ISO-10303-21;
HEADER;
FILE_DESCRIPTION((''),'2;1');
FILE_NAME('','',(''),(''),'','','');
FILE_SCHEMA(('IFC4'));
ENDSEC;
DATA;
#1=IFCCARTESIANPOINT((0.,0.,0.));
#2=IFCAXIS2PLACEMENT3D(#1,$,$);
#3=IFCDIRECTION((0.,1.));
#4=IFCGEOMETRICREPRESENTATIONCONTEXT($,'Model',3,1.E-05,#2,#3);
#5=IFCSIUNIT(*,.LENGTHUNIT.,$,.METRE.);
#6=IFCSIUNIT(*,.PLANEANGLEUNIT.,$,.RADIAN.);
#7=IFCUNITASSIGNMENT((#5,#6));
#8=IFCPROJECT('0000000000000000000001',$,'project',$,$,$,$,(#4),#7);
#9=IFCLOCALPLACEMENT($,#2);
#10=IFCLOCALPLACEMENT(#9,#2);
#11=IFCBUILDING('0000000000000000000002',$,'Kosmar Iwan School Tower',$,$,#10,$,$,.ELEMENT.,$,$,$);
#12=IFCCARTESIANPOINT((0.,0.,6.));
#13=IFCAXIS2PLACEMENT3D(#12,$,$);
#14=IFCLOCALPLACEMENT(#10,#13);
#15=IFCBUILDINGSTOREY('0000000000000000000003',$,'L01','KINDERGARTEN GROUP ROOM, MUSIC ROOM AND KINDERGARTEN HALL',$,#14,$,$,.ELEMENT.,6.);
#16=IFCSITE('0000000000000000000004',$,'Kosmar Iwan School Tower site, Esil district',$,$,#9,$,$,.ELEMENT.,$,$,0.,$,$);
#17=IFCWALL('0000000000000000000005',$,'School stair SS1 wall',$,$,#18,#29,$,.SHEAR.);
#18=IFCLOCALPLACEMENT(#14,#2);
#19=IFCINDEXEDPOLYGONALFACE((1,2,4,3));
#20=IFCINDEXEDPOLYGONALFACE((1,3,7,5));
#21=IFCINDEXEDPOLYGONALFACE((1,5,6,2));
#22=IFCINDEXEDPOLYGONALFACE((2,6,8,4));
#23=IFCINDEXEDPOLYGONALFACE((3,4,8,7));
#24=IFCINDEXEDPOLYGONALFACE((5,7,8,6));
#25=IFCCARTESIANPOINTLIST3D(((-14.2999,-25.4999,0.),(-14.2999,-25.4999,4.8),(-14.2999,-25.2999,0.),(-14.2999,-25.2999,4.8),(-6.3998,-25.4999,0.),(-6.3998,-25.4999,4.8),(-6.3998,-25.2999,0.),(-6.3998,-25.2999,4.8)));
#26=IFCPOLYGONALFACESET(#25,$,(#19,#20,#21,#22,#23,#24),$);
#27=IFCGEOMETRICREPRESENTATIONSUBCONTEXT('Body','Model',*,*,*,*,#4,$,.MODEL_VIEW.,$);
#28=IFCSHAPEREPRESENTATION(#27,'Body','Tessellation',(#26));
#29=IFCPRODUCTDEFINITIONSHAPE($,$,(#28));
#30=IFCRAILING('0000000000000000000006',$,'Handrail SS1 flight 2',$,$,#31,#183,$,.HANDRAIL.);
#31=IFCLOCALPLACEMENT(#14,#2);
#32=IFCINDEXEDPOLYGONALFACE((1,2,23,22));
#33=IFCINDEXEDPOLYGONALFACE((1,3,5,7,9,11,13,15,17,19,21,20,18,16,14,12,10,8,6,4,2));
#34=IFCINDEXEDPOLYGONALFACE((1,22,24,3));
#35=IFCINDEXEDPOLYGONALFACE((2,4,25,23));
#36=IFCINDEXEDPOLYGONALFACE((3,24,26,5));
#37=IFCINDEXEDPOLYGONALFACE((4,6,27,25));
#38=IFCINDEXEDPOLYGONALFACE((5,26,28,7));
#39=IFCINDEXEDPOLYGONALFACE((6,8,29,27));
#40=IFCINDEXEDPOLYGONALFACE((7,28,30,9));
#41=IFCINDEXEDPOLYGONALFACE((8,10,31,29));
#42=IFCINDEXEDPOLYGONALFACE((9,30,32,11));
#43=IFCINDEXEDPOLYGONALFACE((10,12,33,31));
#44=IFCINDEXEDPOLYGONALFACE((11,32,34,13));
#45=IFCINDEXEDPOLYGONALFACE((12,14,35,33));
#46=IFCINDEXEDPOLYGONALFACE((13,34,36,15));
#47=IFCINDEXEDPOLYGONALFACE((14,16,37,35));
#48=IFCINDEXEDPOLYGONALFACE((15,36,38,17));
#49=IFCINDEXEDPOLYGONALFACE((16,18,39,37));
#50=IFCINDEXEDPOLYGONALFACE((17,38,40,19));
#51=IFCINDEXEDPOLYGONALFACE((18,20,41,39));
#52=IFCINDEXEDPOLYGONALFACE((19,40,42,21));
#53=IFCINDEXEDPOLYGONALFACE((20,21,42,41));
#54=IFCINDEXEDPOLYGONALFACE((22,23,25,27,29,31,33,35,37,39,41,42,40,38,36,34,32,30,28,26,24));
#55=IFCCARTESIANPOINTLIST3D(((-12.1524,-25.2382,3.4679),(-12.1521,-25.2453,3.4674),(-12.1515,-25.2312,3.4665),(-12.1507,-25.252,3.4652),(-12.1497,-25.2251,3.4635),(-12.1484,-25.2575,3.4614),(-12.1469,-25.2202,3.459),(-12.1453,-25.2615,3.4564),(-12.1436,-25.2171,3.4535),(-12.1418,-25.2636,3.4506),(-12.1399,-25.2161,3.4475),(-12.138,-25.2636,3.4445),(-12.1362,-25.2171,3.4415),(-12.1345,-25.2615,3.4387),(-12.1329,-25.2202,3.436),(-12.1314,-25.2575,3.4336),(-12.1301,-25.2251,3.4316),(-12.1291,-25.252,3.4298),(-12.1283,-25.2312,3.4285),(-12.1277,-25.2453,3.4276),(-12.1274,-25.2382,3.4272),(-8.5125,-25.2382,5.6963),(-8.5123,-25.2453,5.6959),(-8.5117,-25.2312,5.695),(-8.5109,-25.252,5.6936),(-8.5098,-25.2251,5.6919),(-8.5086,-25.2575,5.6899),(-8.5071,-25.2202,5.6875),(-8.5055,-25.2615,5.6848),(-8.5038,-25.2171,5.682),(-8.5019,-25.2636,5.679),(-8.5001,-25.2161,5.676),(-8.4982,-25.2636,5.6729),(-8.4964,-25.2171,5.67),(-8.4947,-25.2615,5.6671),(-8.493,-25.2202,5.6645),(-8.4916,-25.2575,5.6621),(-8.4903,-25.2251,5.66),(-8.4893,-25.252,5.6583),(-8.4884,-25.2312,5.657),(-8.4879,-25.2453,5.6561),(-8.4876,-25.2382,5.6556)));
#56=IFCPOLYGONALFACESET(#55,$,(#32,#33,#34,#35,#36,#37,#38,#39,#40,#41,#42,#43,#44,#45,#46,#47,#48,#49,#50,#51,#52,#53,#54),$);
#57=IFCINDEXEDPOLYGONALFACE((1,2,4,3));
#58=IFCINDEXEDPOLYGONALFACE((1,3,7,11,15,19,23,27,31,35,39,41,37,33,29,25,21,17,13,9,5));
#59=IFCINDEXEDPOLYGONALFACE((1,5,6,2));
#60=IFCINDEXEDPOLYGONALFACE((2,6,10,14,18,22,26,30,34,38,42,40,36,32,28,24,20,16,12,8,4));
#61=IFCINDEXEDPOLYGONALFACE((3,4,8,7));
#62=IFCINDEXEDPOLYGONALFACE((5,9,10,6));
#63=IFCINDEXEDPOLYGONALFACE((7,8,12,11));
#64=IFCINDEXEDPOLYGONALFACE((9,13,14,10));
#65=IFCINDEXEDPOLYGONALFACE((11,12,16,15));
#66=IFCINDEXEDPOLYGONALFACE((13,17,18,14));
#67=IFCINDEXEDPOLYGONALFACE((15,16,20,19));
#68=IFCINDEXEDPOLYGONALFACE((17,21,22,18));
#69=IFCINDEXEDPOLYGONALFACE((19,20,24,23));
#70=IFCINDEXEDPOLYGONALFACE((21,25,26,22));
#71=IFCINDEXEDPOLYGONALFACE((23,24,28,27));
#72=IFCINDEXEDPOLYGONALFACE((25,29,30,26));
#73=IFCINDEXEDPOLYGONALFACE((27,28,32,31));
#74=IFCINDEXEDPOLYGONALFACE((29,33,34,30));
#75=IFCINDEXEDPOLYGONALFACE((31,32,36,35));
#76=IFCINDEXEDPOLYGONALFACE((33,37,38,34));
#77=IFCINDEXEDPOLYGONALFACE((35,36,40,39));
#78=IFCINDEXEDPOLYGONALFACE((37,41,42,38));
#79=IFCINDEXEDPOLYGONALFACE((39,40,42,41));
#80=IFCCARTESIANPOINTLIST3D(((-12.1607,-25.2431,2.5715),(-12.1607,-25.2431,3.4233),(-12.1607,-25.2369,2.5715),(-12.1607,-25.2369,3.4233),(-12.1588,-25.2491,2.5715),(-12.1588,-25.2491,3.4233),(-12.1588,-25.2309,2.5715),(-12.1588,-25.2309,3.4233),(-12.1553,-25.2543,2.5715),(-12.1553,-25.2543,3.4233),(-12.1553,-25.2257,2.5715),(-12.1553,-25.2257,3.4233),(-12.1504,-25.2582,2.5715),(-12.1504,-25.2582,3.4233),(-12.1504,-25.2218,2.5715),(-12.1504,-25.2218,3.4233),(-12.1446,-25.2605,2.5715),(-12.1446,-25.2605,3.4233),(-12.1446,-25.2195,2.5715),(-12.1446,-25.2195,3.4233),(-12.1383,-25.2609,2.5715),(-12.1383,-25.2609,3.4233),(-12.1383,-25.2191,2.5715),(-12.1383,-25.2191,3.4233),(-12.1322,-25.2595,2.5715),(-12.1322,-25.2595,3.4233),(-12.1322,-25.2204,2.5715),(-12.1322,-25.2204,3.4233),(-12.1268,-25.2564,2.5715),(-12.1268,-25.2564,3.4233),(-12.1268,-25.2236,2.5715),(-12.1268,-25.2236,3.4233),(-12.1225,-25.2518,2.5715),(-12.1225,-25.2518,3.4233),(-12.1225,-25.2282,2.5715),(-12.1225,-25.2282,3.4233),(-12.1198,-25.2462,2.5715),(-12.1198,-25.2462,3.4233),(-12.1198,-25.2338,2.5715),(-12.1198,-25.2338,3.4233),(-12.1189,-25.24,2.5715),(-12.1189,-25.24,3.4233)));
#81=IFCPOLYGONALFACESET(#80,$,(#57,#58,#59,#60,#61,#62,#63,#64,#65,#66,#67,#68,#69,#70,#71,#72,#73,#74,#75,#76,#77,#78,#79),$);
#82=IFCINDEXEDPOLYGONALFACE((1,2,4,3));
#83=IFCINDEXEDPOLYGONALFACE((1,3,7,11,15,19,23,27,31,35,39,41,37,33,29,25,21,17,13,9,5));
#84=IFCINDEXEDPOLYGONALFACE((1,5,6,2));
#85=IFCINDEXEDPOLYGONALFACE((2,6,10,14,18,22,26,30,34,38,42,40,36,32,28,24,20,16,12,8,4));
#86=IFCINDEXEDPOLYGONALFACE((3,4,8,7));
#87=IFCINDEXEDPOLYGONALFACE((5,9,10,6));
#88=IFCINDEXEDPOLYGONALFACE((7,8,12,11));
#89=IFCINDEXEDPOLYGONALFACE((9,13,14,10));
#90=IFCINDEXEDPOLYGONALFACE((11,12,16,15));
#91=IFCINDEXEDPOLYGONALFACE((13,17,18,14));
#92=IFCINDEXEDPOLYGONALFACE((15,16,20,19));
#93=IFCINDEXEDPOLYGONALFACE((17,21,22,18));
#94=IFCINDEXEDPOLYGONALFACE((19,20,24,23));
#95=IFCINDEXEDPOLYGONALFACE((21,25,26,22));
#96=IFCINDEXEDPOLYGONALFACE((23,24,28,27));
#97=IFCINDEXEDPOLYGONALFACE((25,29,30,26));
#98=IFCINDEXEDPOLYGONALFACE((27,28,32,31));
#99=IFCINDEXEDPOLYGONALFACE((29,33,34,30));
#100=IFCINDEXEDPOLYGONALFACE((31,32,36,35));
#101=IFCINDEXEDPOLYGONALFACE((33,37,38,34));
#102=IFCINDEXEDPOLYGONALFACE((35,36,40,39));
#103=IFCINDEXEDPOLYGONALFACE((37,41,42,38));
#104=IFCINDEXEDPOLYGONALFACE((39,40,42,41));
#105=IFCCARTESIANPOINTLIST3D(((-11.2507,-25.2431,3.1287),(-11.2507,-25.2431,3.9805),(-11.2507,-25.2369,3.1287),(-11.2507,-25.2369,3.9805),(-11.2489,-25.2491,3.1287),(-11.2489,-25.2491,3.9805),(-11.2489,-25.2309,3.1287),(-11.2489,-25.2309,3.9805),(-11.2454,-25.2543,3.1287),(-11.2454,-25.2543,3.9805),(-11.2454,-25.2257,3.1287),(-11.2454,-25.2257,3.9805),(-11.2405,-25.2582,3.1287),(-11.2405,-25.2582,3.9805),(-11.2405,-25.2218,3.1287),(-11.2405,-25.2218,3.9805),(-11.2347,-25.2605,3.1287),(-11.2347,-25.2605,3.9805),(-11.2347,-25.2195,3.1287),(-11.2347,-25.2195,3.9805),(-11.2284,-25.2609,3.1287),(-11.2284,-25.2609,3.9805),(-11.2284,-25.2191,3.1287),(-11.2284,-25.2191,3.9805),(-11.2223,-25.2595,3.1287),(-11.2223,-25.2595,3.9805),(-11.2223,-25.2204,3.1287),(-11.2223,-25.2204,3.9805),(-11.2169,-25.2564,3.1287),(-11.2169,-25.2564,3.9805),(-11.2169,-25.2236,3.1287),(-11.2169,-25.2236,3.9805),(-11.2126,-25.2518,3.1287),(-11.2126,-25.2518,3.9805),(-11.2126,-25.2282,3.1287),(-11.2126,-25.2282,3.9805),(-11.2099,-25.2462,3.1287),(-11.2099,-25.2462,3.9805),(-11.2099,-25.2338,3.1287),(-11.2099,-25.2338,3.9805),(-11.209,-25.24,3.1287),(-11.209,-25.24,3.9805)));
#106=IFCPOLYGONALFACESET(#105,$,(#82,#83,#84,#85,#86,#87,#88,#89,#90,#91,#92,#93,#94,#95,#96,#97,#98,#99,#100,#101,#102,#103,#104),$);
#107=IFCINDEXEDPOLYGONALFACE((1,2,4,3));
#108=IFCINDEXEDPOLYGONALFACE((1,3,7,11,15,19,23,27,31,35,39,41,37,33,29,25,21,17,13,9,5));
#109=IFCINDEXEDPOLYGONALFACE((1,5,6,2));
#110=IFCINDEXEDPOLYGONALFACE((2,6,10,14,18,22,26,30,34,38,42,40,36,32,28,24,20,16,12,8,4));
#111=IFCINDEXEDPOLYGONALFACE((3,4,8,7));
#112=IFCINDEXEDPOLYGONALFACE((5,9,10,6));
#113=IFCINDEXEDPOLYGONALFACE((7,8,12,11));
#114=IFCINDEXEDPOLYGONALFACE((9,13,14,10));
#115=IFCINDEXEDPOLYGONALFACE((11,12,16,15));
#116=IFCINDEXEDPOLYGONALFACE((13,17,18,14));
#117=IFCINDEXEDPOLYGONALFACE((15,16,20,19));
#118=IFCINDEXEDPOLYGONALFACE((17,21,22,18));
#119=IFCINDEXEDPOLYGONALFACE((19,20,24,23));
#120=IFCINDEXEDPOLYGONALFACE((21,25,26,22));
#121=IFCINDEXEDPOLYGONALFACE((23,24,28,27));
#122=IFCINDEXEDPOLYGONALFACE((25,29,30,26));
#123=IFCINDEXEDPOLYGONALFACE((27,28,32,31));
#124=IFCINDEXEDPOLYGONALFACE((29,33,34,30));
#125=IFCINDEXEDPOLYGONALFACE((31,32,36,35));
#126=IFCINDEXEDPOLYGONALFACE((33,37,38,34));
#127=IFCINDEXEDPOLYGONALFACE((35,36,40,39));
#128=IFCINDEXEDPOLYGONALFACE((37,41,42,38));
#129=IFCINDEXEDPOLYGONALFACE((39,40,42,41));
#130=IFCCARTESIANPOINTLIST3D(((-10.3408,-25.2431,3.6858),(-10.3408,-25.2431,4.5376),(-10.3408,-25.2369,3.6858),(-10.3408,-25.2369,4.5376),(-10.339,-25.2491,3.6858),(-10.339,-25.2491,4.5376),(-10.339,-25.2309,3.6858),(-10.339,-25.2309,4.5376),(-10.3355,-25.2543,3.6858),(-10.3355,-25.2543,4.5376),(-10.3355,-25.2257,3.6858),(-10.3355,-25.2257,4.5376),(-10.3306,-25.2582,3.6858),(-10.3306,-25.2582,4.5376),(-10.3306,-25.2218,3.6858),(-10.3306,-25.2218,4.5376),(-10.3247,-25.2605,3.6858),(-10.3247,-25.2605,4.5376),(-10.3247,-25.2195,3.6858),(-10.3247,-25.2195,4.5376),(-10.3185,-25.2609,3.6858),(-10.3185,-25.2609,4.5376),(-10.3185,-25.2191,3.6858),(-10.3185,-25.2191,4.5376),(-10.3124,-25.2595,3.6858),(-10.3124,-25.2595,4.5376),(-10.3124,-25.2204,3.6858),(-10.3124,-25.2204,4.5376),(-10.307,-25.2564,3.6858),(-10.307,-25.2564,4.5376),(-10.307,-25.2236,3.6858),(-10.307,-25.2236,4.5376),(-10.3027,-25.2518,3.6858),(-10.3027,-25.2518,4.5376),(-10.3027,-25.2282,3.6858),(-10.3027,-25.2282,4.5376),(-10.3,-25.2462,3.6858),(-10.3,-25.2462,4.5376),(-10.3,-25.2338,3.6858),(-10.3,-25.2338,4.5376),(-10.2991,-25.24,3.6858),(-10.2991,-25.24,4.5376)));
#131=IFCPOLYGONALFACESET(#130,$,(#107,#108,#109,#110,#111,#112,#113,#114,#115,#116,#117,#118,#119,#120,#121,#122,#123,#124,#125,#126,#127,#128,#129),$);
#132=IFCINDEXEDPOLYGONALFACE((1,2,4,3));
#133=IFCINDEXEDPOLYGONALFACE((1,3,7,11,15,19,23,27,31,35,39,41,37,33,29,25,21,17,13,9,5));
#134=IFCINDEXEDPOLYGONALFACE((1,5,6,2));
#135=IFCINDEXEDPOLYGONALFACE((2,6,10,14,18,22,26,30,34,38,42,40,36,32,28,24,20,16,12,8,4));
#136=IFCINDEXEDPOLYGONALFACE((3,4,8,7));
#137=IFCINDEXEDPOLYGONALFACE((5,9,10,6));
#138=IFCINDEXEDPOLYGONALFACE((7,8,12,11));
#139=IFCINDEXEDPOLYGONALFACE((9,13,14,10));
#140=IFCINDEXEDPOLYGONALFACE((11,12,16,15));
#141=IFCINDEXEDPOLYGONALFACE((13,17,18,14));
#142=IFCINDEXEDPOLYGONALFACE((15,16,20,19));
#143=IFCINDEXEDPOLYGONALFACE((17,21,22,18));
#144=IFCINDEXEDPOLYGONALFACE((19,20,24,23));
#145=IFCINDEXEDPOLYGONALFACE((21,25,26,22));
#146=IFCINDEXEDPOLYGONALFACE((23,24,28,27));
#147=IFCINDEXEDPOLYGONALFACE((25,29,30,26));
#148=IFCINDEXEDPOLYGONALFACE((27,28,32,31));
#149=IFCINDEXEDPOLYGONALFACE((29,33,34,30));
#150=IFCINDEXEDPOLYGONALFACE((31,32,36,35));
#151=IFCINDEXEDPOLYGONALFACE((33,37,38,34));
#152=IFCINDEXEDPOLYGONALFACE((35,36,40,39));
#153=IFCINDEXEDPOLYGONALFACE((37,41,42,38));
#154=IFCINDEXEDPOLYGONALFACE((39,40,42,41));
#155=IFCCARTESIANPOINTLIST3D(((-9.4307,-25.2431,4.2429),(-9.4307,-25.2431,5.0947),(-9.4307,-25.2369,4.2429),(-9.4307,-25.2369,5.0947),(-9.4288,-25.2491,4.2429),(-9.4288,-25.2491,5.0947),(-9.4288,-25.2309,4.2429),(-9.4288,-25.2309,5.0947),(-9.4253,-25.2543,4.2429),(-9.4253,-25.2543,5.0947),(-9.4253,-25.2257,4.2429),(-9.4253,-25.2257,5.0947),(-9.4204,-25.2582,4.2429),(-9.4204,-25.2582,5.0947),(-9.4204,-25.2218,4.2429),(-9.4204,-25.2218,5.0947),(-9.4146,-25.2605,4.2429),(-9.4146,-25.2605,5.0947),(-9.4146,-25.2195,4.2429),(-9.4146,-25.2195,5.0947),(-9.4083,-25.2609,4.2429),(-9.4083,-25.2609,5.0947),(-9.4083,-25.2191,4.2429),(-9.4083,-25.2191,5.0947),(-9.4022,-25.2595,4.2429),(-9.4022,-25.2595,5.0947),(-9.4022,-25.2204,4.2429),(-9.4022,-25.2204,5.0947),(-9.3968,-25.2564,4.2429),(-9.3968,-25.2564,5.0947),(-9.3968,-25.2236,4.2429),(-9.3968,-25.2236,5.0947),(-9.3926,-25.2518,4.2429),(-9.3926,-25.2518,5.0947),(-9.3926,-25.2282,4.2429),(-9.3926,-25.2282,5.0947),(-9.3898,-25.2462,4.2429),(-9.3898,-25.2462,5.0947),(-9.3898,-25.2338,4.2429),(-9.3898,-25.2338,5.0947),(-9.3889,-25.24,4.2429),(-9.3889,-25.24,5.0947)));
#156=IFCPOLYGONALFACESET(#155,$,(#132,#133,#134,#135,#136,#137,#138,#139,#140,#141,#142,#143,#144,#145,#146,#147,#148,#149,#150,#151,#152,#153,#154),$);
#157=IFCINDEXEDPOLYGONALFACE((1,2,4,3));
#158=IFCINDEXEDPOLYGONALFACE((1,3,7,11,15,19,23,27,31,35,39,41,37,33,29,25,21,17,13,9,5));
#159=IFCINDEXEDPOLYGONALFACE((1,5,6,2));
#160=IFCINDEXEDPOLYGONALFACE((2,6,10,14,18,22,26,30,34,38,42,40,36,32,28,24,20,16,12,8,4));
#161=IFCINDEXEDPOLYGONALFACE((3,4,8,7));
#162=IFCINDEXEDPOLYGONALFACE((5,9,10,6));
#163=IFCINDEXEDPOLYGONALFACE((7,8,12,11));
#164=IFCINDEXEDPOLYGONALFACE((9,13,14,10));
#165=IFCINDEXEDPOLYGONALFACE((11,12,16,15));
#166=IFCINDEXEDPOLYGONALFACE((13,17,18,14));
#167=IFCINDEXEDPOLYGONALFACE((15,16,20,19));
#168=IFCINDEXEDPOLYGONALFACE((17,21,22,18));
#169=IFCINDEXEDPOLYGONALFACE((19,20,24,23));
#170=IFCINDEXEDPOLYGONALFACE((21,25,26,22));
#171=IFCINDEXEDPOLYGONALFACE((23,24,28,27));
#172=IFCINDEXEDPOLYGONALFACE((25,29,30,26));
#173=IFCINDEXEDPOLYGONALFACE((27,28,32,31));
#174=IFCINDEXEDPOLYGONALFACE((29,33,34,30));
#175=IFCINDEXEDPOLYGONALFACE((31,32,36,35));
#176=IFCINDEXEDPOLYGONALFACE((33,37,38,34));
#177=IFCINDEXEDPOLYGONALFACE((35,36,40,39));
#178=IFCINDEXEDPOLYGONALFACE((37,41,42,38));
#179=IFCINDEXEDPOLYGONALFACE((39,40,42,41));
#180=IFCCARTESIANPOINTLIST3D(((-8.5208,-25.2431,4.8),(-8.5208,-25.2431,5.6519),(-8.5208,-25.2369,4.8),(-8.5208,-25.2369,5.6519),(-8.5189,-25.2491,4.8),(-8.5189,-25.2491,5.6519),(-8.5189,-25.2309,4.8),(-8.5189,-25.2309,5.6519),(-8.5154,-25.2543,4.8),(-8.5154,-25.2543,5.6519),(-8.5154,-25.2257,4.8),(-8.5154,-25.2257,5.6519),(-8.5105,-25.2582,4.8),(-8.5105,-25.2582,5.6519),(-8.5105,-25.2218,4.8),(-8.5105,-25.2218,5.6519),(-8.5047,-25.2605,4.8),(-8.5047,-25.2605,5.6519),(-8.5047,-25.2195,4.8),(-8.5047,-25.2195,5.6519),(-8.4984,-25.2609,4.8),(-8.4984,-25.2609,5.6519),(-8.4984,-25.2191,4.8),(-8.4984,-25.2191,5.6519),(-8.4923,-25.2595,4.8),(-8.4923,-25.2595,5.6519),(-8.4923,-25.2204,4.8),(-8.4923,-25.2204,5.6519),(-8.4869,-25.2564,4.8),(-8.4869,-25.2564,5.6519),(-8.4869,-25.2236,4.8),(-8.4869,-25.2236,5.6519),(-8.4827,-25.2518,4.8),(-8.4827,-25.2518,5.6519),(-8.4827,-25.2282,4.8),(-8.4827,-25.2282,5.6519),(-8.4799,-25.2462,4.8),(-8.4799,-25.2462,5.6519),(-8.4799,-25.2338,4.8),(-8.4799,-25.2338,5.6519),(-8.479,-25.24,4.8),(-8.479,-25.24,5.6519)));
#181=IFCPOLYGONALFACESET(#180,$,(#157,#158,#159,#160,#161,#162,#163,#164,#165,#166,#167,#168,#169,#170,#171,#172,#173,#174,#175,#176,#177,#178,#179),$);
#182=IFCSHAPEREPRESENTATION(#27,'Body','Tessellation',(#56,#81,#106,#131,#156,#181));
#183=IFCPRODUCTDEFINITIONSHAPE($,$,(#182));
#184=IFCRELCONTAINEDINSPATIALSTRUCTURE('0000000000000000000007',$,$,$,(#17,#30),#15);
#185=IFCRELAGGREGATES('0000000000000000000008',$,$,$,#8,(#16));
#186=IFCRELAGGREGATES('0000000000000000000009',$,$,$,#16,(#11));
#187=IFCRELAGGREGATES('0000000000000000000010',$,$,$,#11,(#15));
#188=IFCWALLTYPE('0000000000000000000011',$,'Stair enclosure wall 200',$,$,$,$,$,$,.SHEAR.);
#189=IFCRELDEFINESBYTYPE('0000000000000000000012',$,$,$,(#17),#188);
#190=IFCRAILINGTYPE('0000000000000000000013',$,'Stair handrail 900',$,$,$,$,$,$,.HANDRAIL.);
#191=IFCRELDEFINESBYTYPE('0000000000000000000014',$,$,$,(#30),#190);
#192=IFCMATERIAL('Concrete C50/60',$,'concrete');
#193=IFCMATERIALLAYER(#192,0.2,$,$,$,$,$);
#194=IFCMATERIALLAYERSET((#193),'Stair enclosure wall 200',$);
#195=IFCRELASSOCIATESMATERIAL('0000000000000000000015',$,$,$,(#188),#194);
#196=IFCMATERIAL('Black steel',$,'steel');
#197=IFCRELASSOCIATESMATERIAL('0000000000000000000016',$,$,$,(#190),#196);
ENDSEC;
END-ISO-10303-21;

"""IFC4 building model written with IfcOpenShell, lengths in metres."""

from ifc_helpers import new_model, si_unit, direction, frame, frame_2d, origin, origin_2d, place, context, subcontext, project, spatial, rectangle, circle, extrude, material, layer, layer_set, type_object, element, save


model = new_model("IFC4")

# Units and contexts
model_context = context("Model", 3, precision=1e-05, world=origin(), true_north=direction((0.0, 1.0)))
body_context = subcontext(model_context, "Body", "Model", "MODEL_VIEW")
ifc_project = project(units=[si_unit("LENGTHUNIT", "METRE"), si_unit("PLANEANGLEUNIT", "RADIAN")], contexts=[model_context])

# Site, building, storey
site_placement = place(None, origin())
site = spatial("IfcSite", under=ifc_project, at=site_placement, Name="Kosmar Iwan School Tower site, Esil district", CompositionType="ELEMENT", RefElevation=0.0)
building_placement = place(site_placement, origin())
building = spatial("IfcBuilding", under=site, at=building_placement, Name="Kosmar Iwan School Tower", CompositionType="ELEMENT")
storey_placement = place(building_placement, frame((0.0, 0.0, 6.0)))
storey = spatial("IfcBuildingStorey", under=building, at=storey_placement, Name="L01", Description="KINDERGARTEN GROUP ROOM, MUSIC ROOM AND KINDERGARTEN HALL", CompositionType="ELEMENT", Elevation=6.0)

# Wall
ifc_material_1 = material(Name="Concrete C50/60", Category="concrete")
ifc_layer_1 = layer(ifc_material_1, 0.2)
ifc_layer_set_1 = layer_set([ifc_layer_1], Name="Stair enclosure wall 200")
wall_type = type_object("IfcWallType", Name="Stair enclosure wall 200", PredefinedType="SHEAR", material=ifc_layer_set_1)
wall_placement = place(storey_placement, frame((-14.3, -25.3999, 0.0), z_axis=(0.0, 0.0, 1.0), x_axis=(1.0, 0.0, 0.0)))
element("IfcWall", 1, at=wall_placement, inside=storey, type_object=wall_type, Name="School stair SS1 wall", PredefinedType="SHEAR", context=body_context, shape_type="SweptSolid", body=[
    extrude(rectangle(XDim=7.9001, YDim=0.2, at=frame_2d((3.9502, 0.0))), origin(), (0.0, 0.0, 1.0), 4.8),
])

# Railing
ifc_material_2 = material(Name="Black steel", Category="steel")
railing_type = type_object("IfcRailingType", Name="Stair handrail 900", PredefinedType="HANDRAIL", material=ifc_material_2)
railing_placement = place(storey_placement, frame((-12.1399, -25.24, 2.5715)))
element("IfcRailing", 2, at=railing_placement, inside=storey, type_object=railing_type, Name="Handrail SS1 flight 2", PredefinedType="HANDRAIL", context=body_context, shape_type="SweptSolid", body=[
    extrude(circle(Radius=0.0239, at=origin_2d()), frame((0.0, 0.0, 0.876), z_axis=(0.85285, 0.0, 0.522156), x_axis=(0.0, 1.0, 0.0)), (0.0, 0.0, 1.0), 4.2678),
    extrude(circle(Radius=0.021, at=origin_2d()), origin(), (0.0, 0.0, 1.0), 0.8518),
    extrude(circle(Radius=0.021, at=origin_2d()), frame((0.9099, 0.0, 0.5571)), (0.0, 0.0, 1.0), 0.8518),
    extrude(circle(Radius=0.021, at=origin_2d()), frame((1.8198, 0.0, 1.1143)), (0.0, 0.0, 1.0), 0.8518),
    extrude(circle(Radius=0.021, at=origin_2d()), frame((2.73, 0.0, 1.6714)), (0.0, 0.0, 1.0), 0.8518),
    extrude(circle(Radius=0.021, at=origin_2d()), frame((3.6399, 0.0, 2.2285)), (0.0, 0.0, 1.0), 0.8518),
])

save(model, "model.ifc")
